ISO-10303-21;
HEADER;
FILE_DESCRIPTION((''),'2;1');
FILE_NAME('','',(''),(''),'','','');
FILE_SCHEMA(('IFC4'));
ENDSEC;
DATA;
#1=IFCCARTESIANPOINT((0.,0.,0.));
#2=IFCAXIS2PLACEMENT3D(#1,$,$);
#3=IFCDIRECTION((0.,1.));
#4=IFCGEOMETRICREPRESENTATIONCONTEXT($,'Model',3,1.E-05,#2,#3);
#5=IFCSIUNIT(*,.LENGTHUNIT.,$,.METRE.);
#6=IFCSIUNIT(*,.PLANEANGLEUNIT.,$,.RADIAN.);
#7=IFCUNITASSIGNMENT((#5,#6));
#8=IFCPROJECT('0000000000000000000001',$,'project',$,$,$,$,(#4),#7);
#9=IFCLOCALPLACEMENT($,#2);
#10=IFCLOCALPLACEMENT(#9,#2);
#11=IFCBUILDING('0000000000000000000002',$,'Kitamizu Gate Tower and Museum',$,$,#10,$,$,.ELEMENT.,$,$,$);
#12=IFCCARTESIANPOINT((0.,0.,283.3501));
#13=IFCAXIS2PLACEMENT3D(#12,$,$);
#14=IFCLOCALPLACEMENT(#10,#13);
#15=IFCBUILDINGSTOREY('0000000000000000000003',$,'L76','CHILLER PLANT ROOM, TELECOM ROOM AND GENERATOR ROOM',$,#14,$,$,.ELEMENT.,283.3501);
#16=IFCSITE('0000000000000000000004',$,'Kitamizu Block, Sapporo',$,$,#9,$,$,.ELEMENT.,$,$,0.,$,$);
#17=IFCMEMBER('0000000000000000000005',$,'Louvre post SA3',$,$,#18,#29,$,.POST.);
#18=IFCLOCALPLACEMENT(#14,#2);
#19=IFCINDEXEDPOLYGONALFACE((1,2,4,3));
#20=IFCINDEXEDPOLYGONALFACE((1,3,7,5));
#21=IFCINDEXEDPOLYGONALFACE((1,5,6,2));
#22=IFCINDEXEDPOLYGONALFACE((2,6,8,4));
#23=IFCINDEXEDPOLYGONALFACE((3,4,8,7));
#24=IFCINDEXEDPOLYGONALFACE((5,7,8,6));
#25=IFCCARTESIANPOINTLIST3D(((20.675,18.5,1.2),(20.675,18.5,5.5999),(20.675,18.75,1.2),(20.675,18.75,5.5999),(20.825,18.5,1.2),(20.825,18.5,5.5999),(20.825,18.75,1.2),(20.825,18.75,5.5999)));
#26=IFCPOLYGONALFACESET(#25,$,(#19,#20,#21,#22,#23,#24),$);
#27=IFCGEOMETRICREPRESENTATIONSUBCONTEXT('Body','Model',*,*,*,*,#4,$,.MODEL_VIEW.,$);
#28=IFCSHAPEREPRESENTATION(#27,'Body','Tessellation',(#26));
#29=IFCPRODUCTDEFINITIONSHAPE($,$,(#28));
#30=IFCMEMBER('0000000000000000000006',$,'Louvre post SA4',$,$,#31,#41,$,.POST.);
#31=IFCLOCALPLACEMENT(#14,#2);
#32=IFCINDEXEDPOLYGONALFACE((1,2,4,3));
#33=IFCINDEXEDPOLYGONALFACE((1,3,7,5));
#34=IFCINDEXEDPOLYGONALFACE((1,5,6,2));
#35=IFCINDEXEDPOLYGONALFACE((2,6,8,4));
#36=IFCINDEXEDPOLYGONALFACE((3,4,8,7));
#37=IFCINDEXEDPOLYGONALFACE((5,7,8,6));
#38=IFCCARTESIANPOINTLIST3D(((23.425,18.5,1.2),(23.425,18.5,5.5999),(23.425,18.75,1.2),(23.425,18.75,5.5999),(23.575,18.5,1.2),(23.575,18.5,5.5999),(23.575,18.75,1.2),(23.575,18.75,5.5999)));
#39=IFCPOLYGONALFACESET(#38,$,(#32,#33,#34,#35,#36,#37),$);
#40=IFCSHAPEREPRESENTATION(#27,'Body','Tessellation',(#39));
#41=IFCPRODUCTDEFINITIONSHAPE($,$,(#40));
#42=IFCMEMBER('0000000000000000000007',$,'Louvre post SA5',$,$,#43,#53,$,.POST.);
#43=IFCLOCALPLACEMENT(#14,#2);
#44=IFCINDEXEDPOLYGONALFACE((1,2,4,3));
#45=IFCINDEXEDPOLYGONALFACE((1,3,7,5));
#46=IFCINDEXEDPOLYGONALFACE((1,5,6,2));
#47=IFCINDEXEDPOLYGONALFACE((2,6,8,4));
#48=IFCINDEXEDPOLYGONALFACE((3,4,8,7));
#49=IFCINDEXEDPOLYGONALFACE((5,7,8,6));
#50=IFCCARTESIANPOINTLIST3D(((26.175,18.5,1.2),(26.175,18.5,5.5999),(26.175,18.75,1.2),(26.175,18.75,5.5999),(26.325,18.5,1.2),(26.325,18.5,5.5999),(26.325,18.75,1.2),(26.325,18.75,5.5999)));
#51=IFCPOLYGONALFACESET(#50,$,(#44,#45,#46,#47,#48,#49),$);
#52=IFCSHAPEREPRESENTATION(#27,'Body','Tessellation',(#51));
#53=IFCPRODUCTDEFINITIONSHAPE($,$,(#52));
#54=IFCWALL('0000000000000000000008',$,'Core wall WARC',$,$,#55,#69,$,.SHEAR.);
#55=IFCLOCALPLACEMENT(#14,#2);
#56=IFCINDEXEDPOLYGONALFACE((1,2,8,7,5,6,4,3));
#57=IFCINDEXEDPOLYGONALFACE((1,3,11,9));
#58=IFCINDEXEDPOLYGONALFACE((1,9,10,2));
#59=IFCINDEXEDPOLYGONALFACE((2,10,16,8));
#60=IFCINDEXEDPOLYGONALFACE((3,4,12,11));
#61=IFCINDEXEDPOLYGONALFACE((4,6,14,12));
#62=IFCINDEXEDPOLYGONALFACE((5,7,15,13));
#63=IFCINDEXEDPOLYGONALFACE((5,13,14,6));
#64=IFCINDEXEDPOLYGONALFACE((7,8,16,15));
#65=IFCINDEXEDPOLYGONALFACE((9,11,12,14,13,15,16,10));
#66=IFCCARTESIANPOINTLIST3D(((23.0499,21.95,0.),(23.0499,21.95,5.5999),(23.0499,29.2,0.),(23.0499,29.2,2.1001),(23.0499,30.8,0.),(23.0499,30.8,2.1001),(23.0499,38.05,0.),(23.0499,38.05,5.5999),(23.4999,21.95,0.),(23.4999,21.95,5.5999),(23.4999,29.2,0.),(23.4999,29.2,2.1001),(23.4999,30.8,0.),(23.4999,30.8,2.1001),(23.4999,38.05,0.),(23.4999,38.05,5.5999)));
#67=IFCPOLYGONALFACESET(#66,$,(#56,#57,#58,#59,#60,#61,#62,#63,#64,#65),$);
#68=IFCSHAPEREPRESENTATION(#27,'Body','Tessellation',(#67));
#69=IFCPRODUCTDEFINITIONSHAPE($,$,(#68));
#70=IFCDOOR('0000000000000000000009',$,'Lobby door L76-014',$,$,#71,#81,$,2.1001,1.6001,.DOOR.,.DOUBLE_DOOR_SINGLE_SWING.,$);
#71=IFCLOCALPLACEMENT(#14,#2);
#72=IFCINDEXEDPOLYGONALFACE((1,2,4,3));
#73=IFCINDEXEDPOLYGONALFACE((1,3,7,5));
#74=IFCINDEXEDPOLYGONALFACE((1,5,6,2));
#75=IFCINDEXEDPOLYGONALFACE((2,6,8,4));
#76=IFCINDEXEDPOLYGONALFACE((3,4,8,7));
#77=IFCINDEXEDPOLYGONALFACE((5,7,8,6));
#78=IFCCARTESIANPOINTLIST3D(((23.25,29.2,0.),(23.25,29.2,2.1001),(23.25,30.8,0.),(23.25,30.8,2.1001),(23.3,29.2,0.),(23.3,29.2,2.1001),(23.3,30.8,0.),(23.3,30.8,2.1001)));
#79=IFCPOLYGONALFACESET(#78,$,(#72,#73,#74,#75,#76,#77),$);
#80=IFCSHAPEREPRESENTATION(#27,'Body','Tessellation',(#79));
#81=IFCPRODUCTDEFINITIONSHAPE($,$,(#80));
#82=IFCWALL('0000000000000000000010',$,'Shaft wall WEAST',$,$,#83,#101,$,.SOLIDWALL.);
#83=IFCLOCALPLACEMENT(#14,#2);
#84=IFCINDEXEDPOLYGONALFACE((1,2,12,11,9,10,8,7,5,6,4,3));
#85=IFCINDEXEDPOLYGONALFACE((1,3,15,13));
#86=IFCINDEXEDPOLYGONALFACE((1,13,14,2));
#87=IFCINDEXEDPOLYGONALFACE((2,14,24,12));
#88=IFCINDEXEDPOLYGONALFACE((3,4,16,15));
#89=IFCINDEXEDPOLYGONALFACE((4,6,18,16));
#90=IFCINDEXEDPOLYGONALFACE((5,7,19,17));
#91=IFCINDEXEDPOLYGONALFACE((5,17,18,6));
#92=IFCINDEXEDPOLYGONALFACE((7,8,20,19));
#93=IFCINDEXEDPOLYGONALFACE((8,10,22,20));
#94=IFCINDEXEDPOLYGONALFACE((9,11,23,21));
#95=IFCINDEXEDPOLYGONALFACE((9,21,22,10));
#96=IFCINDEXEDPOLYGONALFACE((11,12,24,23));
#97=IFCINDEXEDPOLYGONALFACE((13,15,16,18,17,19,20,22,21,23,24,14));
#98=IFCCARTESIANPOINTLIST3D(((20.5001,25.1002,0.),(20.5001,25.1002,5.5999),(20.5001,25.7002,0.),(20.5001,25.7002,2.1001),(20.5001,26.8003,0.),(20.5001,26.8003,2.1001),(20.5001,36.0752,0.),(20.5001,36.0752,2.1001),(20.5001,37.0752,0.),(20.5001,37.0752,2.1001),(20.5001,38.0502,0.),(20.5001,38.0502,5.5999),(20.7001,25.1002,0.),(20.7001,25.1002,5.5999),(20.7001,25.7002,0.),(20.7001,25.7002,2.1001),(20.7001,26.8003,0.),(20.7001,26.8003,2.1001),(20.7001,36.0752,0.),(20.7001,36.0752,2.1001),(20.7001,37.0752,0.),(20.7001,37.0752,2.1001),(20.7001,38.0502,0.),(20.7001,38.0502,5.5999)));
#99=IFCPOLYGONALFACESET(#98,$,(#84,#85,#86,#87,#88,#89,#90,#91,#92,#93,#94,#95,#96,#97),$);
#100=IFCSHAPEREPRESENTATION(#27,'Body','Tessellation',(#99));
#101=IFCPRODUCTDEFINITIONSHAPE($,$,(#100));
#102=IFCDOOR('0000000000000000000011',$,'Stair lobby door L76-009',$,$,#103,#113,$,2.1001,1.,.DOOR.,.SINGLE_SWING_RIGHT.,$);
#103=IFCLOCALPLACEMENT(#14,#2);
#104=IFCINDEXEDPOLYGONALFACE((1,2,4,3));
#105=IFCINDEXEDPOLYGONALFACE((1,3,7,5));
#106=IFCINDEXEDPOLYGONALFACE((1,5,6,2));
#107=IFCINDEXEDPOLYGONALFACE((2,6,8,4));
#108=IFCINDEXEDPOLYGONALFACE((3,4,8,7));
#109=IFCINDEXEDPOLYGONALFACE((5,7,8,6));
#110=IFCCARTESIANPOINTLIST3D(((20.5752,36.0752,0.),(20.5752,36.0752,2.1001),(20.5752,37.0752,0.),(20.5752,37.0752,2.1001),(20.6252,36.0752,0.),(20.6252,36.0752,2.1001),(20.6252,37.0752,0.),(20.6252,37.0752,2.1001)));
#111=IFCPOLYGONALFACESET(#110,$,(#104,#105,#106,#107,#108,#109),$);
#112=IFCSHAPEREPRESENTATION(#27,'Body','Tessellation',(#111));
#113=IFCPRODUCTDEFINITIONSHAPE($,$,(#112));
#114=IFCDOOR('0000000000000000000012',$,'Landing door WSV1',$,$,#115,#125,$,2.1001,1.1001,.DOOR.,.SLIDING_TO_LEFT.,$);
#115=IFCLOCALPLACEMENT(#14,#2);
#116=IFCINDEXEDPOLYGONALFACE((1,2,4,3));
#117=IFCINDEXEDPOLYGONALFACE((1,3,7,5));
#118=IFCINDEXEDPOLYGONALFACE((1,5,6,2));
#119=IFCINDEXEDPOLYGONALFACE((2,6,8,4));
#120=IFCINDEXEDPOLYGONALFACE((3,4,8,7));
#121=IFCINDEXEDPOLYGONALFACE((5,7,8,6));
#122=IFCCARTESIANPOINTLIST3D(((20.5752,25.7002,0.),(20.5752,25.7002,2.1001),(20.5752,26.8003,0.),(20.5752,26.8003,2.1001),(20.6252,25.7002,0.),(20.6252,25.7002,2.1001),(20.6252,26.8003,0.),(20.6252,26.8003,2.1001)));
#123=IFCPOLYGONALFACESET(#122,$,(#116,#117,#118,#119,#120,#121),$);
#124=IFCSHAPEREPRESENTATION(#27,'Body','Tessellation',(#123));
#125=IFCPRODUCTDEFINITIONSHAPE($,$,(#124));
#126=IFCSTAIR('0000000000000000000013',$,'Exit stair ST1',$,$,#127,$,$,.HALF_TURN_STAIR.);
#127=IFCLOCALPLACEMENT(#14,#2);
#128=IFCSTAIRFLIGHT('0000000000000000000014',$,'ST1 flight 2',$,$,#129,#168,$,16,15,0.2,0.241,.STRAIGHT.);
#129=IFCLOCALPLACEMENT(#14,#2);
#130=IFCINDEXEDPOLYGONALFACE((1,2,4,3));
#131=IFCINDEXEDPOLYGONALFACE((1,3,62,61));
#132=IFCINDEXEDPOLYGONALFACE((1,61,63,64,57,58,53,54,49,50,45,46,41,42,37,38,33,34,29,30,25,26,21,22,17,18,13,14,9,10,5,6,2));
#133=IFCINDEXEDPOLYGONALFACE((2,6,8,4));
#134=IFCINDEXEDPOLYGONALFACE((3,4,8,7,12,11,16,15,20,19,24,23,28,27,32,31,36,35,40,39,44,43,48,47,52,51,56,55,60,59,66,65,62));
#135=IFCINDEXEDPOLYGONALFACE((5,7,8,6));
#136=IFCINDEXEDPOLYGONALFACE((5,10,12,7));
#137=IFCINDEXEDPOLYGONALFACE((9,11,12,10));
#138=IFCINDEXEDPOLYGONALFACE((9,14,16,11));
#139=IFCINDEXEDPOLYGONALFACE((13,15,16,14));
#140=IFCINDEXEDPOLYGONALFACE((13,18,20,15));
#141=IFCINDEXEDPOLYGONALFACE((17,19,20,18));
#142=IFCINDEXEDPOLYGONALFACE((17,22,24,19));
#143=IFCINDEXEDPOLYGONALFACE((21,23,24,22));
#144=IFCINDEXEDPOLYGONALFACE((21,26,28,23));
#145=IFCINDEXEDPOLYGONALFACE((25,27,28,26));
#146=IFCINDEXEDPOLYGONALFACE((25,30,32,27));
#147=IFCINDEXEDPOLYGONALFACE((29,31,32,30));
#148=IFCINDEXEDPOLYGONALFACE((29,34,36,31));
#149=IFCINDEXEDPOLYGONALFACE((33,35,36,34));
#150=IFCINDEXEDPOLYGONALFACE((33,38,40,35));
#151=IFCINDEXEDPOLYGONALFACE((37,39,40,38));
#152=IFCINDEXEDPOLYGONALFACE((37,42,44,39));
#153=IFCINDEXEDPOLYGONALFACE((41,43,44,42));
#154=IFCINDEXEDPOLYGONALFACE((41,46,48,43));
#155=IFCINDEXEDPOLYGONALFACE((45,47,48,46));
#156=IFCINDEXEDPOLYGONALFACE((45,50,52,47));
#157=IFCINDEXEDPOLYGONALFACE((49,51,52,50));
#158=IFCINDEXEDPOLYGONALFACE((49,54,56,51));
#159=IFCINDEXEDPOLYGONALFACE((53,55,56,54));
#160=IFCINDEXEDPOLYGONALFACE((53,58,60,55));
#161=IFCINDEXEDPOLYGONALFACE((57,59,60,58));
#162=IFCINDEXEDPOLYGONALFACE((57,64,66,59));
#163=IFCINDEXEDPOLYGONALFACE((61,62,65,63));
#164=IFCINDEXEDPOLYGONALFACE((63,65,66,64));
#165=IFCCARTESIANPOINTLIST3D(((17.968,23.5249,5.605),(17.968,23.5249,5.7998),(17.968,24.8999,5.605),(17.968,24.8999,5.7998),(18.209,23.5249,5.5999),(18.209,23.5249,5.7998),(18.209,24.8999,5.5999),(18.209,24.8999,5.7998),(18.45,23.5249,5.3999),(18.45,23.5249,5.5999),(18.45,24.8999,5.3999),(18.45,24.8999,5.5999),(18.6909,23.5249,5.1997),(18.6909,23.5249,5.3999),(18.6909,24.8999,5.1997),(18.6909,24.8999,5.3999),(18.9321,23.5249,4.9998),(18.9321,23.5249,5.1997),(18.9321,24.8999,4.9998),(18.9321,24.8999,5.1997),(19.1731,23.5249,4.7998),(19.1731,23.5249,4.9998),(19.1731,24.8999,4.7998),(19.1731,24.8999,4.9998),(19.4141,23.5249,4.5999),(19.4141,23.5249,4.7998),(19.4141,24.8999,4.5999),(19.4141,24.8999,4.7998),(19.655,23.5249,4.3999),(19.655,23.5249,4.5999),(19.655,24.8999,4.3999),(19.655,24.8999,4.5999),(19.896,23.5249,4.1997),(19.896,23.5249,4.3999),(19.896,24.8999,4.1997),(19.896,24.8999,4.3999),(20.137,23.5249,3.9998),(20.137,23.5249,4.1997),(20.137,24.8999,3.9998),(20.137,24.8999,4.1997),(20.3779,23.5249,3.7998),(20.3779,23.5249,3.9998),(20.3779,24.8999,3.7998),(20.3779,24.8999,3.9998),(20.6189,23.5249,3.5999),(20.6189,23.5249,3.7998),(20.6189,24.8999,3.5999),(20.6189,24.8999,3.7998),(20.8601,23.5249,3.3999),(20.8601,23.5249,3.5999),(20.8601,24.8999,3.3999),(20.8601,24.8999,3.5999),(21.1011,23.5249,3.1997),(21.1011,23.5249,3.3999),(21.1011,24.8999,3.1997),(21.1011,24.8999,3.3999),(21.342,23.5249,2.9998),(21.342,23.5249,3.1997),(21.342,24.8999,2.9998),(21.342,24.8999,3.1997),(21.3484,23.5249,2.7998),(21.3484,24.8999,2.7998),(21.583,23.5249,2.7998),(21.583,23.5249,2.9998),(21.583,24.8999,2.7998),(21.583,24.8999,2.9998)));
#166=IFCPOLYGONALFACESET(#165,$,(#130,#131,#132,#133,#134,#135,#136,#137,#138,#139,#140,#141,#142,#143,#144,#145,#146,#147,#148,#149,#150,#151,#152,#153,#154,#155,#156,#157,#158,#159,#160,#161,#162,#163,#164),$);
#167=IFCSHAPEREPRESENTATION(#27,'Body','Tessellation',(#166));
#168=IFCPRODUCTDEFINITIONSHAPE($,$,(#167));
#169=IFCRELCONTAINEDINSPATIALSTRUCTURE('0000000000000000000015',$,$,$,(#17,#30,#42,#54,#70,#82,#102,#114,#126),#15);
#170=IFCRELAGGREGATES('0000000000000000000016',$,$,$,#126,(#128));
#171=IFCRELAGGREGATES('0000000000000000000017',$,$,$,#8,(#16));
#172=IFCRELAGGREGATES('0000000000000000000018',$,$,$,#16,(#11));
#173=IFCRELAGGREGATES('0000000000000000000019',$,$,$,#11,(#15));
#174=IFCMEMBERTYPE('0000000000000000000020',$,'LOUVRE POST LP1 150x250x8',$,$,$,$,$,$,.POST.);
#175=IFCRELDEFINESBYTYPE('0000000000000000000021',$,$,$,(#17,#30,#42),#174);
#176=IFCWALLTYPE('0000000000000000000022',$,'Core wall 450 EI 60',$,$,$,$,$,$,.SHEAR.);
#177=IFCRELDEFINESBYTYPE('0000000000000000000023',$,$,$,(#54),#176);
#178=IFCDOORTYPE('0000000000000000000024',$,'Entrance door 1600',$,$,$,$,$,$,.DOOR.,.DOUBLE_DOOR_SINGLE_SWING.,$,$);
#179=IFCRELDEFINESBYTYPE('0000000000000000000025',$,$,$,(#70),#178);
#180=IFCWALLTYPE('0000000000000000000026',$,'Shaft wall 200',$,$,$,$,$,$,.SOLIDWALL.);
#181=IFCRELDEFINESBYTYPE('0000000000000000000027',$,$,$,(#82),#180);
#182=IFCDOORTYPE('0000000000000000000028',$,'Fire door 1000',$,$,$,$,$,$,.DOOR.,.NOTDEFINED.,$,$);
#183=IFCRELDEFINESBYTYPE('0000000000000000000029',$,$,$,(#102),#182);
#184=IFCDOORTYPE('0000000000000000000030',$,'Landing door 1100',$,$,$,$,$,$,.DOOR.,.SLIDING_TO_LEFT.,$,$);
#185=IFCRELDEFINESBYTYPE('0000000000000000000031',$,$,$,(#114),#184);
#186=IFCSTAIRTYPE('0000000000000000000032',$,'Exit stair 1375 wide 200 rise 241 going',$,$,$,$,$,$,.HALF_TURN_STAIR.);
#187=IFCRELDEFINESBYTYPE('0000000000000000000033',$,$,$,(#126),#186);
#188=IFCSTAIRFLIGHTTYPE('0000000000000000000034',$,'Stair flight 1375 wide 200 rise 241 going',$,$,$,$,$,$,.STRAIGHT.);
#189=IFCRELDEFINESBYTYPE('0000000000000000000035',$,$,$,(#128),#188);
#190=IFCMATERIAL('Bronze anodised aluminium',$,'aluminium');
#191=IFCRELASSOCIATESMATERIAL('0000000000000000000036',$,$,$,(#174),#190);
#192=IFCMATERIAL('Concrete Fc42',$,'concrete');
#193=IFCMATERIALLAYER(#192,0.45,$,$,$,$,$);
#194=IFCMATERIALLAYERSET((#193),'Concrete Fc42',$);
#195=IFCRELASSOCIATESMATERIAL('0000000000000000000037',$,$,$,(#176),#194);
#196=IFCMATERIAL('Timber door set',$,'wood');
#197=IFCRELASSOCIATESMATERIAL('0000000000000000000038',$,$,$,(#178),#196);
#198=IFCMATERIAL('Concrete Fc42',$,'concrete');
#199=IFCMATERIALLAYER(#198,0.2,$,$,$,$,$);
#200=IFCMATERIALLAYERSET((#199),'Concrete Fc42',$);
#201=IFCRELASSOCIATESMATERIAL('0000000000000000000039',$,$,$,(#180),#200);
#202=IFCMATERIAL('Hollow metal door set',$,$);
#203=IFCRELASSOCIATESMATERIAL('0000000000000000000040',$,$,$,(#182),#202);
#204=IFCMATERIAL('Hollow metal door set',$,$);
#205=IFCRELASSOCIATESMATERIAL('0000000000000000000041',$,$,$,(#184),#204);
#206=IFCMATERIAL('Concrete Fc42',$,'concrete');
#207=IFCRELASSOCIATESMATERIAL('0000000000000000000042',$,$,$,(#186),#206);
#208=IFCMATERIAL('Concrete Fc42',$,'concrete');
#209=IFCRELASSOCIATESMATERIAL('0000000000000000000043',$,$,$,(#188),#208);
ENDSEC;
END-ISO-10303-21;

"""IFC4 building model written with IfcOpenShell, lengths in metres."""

from ifc_helpers import new_model, si_unit, direction, frame, frame_2d, origin, origin_2d, place, context, subcontext, project, spatial, polyline, rectangle, outline, extrude, material, layer, layer_set, material_profile, profile_set, type_object, element, fill, aggregate, save


model = new_model("IFC4")

# Units and contexts
model_context = context("Model", 3, precision=1e-05, world=origin(), true_north=direction((0.0, 1.0)))
body_context = subcontext(model_context, "Body", "Model", "MODEL_VIEW")
ifc_project = project(units=[si_unit("LENGTHUNIT", "METRE"), si_unit("PLANEANGLEUNIT", "RADIAN")], contexts=[model_context])

# Site, building, storey
site_placement = place(None, origin())
site = spatial("IfcSite", under=ifc_project, at=site_placement, Name="Kitamizu Block, Sapporo", CompositionType="ELEMENT", RefElevation=0.0)
building_placement = place(site_placement, origin())
building = spatial("IfcBuilding", under=site, at=building_placement, Name="Kitamizu Gate Tower and Museum", CompositionType="ELEMENT")
storey_placement = place(building_placement, frame((0.0, 0.0, 283.3501)))
storey = spatial("IfcBuildingStorey", under=building, at=storey_placement, Name="L76", Description="CHILLER PLANT ROOM, TELECOM ROOM AND GENERATOR ROOM", CompositionType="ELEMENT", Elevation=283.3501)

# Members
ifc_material_1 = material(Name="Bronze anodised aluminium", Category="aluminium")
ifc_material_profile_1 = material_profile(ifc_material_1, rectangle(XDim=0.1499, YDim=0.25, at=origin_2d()), Name="AL 150x250")
ifc_profile_set_1 = profile_set([ifc_material_profile_1], Name="Bronze anodised aluminium")
member_type = type_object("IfcMemberType", Name="LOUVRE POST LP1 150x250x8", PredefinedType="POST", material=ifc_profile_set_1)
for number, where, z_axis, x_axis, name in (
    (1, (20.75, 18.625, 1.2), (0.0, 0.0, 1.0), (1.0, 0.0, 0.0), "Louvre post SA3"),
    (2, (23.5, 18.625, 1.2), (0.0, 0.0, 1.0), (1.0, 0.0, 0.0), "Louvre post SA4"),
    (3, (26.25, 18.625, 1.2), (0.0, 0.0, 1.0), (1.0, 0.0, 0.0), "Louvre post SA5"),
):
    element("IfcMember", number, at=place(storey_placement, frame(where, z_axis=z_axis, x_axis=x_axis)), inside=storey, type_object=member_type, Name=name, PredefinedType="POST", context=body_context, shape_type="SweptSolid", body=[
        extrude(rectangle(XDim=0.1499, YDim=0.25, at=origin_2d()), origin(), (0.0, 0.0, 1.0), 4.3999),
    ])

# Wall, opening, door
ifc_material_2 = material(Name="Concrete Fc42", Category="concrete")
ifc_layer_1 = layer(ifc_material_2, 0.45)
ifc_layer_set_1 = layer_set([ifc_layer_1], Name="Concrete Fc42")
wall_type_1 = type_object("IfcWallType", Name="Core wall 450 EI 60", PredefinedType="SHEAR", material=ifc_layer_set_1)
wall_1_placement = place(storey_placement, frame((23.2749, 21.95, 0.0), z_axis=(0.0, 0.0, 1.0), x_axis=(0.0, 1.0, 0.0)))
wall_1 = element("IfcWall", 4, at=wall_1_placement, inside=storey, type_object=wall_type_1, Name="Core wall WARC", PredefinedType="SHEAR", context=body_context, shape_type="SweptSolid", body=[
    extrude(rectangle(XDim=16.1001, YDim=0.45, at=frame_2d((8.05, 0.0))), origin(), (0.0, 0.0, 1.0), 5.5999),
])
opening_1_placement = place(wall_1_placement, frame((7.25, 0.0, 0.0)))
opening_1 = element("IfcOpeningElement", 5, at=opening_1_placement, cuts=wall_1, PredefinedType="OPENING", context=body_context, shape_type="SweptSolid", body=[
    extrude(rectangle(XDim=1.6001, YDim=2.1001, at=frame_2d((0.8, 1.05))), frame((0.0, 0.2349, 0.0), z_axis=(0.0, -1.0, 0.0), x_axis=(1.0, 0.0, 0.0)), (0.0, 0.0, 1.0), 0.47),
])
ifc_material_3 = material(Name="Timber door set", Category="wood")
door_type_1 = type_object("IfcDoorType", Name="Entrance door 1600", OperationType="DOUBLE_DOOR_SINGLE_SWING", PredefinedType="DOOR", material=ifc_material_3)
door_1_placement = place(opening_1_placement, origin())
door_1 = element("IfcDoor", 6, at=door_1_placement, inside=storey, type_object=door_type_1, Name="Lobby door L76-014", OperationType="DOUBLE_DOOR_SINGLE_SWING", OverallHeight=2.1001, OverallWidth=1.6001, PredefinedType="DOOR", context=body_context, shape_type="SweptSolid", body=[
    extrude(rectangle(XDim=1.6001, YDim=2.1001, at=frame_2d((0.8, 1.05))), frame((0.0, 0.0249, 0.0), z_axis=(0.0, -1.0, 0.0), x_axis=(1.0, 0.0, 0.0)), (0.0, 0.0, 1.0), 0.05),
])
fill(opening_1, door_1)

# Wall, openings, doors
ifc_material_4 = material(Name="Concrete Fc42", Category="concrete")
ifc_layer_2 = layer(ifc_material_4, 0.2)
ifc_layer_set_2 = layer_set([ifc_layer_2], Name="Concrete Fc42")
wall_type_2 = type_object("IfcWallType", Name="Shaft wall 200", PredefinedType="SOLIDWALL", material=ifc_layer_set_2)
wall_2_placement = place(storey_placement, frame((20.6001, 25.1001, 0.0), z_axis=(0.0, 0.0, 1.0), x_axis=(0.0, 1.0, 0.0)))
wall_2 = element("IfcWall", 7, at=wall_2_placement, inside=storey, type_object=wall_type_2, Name="Shaft wall WEAST", PredefinedType="SOLIDWALL", context=body_context, shape_type="SweptSolid", body=[
    extrude(rectangle(XDim=12.95, YDim=0.2, at=frame_2d((6.4751, 0.0))), origin(), (0.0, 0.0, 1.0), 5.5999),
])
opening_2_placement = place(wall_2_placement, frame((0.6001, 0.0, 0.0)))
opening_2 = element("IfcOpeningElement", 8, at=opening_2_placement, cuts=wall_2, PredefinedType="OPENING", context=body_context, shape_type="SweptSolid", body=[
    extrude(rectangle(XDim=1.1001, YDim=2.1001, at=frame_2d((0.55, 1.05))), frame((0.0, 0.1099, 0.0), z_axis=(0.0, -1.0, 0.0), x_axis=(1.0, 0.0, 0.0)), (0.0, 0.0, 1.0), 0.22),
])
opening_3_placement = place(wall_2_placement, frame((10.9751, 0.0, 0.0)))
opening_3 = element("IfcOpeningElement", 9, at=opening_3_placement, cuts=wall_2, PredefinedType="OPENING", context=body_context, shape_type="SweptSolid", body=[
    extrude(rectangle(XDim=1.0, YDim=2.1001, at=frame_2d((0.5, 1.05))), frame((0.0, 0.1099, 0.0), z_axis=(0.0, -1.0, 0.0), x_axis=(1.0, 0.0, 0.0)), (0.0, 0.0, 1.0), 0.22),
])
ifc_material_5 = material(Name="Hollow metal door set")
door_type_2 = type_object("IfcDoorType", Name="Fire door 1000", OperationType="NOTDEFINED", PredefinedType="DOOR", material=ifc_material_5)
door_2_placement = place(opening_3_placement, origin())
door_2 = element("IfcDoor", 10, at=door_2_placement, inside=storey, type_object=door_type_2, Name="Stair lobby door L76-009", OperationType="SINGLE_SWING_RIGHT", OverallHeight=2.1001, OverallWidth=1.0, PredefinedType="DOOR", context=body_context, shape_type="SweptSolid", body=[
    extrude(rectangle(XDim=1.0, YDim=2.1001, at=frame_2d((0.5, 1.05))), frame((0.0, 0.0249, 0.0), z_axis=(0.0, -1.0, 0.0), x_axis=(1.0, 0.0, 0.0)), (0.0, 0.0, 1.0), 0.05),
])
fill(opening_3, door_2)
ifc_material_6 = material(Name="Hollow metal door set")
door_type_3 = type_object("IfcDoorType", Name="Landing door 1100", OperationType="SLIDING_TO_LEFT", PredefinedType="DOOR", material=ifc_material_6)
door_3_placement = place(opening_2_placement, origin())
door_3 = element("IfcDoor", 11, at=door_3_placement, inside=storey, type_object=door_type_3, Name="Landing door WSV1", OperationType="SLIDING_TO_LEFT", OverallHeight=2.1001, OverallWidth=1.1001, PredefinedType="DOOR", context=body_context, shape_type="SweptSolid", body=[
    extrude(rectangle(XDim=1.1001, YDim=2.1001, at=frame_2d((0.55, 1.05))), frame((0.0, 0.0249, 0.0), z_axis=(0.0, -1.0, 0.0), x_axis=(1.0, 0.0, 0.0)), (0.0, 0.0, 1.0), 0.05),
])
fill(opening_2, door_3)

# Stair, stair flight
ifc_material_7 = material(Name="Concrete Fc42", Category="concrete")
stair_type = type_object("IfcStairType", Name="Exit stair 1375 wide 200 rise 241 going", PredefinedType="HALF_TURN_STAIR", material=ifc_material_7)
stair_placement = place(storey_placement, origin())
stair = element("IfcStair", 12, at=stair_placement, inside=storey, type_object=stair_type, Name="Exit stair ST1", PredefinedType="HALF_TURN_STAIR")
ifc_material_8 = material(Name="Concrete Fc42", Category="concrete")
stair_flight_type = type_object("IfcStairFlightType", Name="Stair flight 1375 wide 200 rise 241 going", PredefinedType="STRAIGHT", material=ifc_material_8)
stair_flight_placement = place(storey_placement, frame((21.583, 24.2124, 2.7998), z_axis=(0.0, 0.0, 1.0), x_axis=(-1.0, 0.0, 0.0)))
stair_flight = element("IfcStairFlight", 13, at=stair_flight_placement, type_object=stair_flight_type, Name="ST1 flight 2", NumberOfRisers=16, NumberOfTreads=15, PredefinedType="STRAIGHT", RiserHeight=0.2, TreadLength=0.241, context=body_context, shape_type="SweptSolid", body=[
    extrude(outline(polyline([(0.0, 0.0), (0.0, 0.2), (0.241, 0.2), (0.241, 0.3999), (0.4819, 0.3999), (0.4819, 0.6001), (0.7229, 0.6001), (0.7229, 0.8), (0.9641, 0.8), (0.9641, 1.0), (1.2051, 1.0), (1.2051, 1.2), (1.446, 1.2), (1.446, 1.3999), (1.687, 1.3999), (1.687, 1.6001), (1.928, 1.6001), (1.928, 1.8), (2.1689, 1.8), (2.1689, 2.0), (2.4099, 2.0), (2.4099, 2.2), (2.6509, 2.2), (2.6509, 2.3999), (2.8921, 2.3999), (2.8921, 2.6001), (3.1331, 2.6001), (3.1331, 2.8), (3.374, 2.8), (3.374, 3.0), (3.615, 3.0), (3.615, 3.2), (3.615, 2.8052), (0.2346, 0.0), (0.0, 0.0)])), frame((0.0, 0.6875, 0.0), z_axis=(0.0, -1.0, 0.0), x_axis=(1.0, 0.0, 0.0)), (0.0, 0.0, 1.0), 1.375),
])
aggregate(stair, [stair_flight])

save(model, "model.ifc")
